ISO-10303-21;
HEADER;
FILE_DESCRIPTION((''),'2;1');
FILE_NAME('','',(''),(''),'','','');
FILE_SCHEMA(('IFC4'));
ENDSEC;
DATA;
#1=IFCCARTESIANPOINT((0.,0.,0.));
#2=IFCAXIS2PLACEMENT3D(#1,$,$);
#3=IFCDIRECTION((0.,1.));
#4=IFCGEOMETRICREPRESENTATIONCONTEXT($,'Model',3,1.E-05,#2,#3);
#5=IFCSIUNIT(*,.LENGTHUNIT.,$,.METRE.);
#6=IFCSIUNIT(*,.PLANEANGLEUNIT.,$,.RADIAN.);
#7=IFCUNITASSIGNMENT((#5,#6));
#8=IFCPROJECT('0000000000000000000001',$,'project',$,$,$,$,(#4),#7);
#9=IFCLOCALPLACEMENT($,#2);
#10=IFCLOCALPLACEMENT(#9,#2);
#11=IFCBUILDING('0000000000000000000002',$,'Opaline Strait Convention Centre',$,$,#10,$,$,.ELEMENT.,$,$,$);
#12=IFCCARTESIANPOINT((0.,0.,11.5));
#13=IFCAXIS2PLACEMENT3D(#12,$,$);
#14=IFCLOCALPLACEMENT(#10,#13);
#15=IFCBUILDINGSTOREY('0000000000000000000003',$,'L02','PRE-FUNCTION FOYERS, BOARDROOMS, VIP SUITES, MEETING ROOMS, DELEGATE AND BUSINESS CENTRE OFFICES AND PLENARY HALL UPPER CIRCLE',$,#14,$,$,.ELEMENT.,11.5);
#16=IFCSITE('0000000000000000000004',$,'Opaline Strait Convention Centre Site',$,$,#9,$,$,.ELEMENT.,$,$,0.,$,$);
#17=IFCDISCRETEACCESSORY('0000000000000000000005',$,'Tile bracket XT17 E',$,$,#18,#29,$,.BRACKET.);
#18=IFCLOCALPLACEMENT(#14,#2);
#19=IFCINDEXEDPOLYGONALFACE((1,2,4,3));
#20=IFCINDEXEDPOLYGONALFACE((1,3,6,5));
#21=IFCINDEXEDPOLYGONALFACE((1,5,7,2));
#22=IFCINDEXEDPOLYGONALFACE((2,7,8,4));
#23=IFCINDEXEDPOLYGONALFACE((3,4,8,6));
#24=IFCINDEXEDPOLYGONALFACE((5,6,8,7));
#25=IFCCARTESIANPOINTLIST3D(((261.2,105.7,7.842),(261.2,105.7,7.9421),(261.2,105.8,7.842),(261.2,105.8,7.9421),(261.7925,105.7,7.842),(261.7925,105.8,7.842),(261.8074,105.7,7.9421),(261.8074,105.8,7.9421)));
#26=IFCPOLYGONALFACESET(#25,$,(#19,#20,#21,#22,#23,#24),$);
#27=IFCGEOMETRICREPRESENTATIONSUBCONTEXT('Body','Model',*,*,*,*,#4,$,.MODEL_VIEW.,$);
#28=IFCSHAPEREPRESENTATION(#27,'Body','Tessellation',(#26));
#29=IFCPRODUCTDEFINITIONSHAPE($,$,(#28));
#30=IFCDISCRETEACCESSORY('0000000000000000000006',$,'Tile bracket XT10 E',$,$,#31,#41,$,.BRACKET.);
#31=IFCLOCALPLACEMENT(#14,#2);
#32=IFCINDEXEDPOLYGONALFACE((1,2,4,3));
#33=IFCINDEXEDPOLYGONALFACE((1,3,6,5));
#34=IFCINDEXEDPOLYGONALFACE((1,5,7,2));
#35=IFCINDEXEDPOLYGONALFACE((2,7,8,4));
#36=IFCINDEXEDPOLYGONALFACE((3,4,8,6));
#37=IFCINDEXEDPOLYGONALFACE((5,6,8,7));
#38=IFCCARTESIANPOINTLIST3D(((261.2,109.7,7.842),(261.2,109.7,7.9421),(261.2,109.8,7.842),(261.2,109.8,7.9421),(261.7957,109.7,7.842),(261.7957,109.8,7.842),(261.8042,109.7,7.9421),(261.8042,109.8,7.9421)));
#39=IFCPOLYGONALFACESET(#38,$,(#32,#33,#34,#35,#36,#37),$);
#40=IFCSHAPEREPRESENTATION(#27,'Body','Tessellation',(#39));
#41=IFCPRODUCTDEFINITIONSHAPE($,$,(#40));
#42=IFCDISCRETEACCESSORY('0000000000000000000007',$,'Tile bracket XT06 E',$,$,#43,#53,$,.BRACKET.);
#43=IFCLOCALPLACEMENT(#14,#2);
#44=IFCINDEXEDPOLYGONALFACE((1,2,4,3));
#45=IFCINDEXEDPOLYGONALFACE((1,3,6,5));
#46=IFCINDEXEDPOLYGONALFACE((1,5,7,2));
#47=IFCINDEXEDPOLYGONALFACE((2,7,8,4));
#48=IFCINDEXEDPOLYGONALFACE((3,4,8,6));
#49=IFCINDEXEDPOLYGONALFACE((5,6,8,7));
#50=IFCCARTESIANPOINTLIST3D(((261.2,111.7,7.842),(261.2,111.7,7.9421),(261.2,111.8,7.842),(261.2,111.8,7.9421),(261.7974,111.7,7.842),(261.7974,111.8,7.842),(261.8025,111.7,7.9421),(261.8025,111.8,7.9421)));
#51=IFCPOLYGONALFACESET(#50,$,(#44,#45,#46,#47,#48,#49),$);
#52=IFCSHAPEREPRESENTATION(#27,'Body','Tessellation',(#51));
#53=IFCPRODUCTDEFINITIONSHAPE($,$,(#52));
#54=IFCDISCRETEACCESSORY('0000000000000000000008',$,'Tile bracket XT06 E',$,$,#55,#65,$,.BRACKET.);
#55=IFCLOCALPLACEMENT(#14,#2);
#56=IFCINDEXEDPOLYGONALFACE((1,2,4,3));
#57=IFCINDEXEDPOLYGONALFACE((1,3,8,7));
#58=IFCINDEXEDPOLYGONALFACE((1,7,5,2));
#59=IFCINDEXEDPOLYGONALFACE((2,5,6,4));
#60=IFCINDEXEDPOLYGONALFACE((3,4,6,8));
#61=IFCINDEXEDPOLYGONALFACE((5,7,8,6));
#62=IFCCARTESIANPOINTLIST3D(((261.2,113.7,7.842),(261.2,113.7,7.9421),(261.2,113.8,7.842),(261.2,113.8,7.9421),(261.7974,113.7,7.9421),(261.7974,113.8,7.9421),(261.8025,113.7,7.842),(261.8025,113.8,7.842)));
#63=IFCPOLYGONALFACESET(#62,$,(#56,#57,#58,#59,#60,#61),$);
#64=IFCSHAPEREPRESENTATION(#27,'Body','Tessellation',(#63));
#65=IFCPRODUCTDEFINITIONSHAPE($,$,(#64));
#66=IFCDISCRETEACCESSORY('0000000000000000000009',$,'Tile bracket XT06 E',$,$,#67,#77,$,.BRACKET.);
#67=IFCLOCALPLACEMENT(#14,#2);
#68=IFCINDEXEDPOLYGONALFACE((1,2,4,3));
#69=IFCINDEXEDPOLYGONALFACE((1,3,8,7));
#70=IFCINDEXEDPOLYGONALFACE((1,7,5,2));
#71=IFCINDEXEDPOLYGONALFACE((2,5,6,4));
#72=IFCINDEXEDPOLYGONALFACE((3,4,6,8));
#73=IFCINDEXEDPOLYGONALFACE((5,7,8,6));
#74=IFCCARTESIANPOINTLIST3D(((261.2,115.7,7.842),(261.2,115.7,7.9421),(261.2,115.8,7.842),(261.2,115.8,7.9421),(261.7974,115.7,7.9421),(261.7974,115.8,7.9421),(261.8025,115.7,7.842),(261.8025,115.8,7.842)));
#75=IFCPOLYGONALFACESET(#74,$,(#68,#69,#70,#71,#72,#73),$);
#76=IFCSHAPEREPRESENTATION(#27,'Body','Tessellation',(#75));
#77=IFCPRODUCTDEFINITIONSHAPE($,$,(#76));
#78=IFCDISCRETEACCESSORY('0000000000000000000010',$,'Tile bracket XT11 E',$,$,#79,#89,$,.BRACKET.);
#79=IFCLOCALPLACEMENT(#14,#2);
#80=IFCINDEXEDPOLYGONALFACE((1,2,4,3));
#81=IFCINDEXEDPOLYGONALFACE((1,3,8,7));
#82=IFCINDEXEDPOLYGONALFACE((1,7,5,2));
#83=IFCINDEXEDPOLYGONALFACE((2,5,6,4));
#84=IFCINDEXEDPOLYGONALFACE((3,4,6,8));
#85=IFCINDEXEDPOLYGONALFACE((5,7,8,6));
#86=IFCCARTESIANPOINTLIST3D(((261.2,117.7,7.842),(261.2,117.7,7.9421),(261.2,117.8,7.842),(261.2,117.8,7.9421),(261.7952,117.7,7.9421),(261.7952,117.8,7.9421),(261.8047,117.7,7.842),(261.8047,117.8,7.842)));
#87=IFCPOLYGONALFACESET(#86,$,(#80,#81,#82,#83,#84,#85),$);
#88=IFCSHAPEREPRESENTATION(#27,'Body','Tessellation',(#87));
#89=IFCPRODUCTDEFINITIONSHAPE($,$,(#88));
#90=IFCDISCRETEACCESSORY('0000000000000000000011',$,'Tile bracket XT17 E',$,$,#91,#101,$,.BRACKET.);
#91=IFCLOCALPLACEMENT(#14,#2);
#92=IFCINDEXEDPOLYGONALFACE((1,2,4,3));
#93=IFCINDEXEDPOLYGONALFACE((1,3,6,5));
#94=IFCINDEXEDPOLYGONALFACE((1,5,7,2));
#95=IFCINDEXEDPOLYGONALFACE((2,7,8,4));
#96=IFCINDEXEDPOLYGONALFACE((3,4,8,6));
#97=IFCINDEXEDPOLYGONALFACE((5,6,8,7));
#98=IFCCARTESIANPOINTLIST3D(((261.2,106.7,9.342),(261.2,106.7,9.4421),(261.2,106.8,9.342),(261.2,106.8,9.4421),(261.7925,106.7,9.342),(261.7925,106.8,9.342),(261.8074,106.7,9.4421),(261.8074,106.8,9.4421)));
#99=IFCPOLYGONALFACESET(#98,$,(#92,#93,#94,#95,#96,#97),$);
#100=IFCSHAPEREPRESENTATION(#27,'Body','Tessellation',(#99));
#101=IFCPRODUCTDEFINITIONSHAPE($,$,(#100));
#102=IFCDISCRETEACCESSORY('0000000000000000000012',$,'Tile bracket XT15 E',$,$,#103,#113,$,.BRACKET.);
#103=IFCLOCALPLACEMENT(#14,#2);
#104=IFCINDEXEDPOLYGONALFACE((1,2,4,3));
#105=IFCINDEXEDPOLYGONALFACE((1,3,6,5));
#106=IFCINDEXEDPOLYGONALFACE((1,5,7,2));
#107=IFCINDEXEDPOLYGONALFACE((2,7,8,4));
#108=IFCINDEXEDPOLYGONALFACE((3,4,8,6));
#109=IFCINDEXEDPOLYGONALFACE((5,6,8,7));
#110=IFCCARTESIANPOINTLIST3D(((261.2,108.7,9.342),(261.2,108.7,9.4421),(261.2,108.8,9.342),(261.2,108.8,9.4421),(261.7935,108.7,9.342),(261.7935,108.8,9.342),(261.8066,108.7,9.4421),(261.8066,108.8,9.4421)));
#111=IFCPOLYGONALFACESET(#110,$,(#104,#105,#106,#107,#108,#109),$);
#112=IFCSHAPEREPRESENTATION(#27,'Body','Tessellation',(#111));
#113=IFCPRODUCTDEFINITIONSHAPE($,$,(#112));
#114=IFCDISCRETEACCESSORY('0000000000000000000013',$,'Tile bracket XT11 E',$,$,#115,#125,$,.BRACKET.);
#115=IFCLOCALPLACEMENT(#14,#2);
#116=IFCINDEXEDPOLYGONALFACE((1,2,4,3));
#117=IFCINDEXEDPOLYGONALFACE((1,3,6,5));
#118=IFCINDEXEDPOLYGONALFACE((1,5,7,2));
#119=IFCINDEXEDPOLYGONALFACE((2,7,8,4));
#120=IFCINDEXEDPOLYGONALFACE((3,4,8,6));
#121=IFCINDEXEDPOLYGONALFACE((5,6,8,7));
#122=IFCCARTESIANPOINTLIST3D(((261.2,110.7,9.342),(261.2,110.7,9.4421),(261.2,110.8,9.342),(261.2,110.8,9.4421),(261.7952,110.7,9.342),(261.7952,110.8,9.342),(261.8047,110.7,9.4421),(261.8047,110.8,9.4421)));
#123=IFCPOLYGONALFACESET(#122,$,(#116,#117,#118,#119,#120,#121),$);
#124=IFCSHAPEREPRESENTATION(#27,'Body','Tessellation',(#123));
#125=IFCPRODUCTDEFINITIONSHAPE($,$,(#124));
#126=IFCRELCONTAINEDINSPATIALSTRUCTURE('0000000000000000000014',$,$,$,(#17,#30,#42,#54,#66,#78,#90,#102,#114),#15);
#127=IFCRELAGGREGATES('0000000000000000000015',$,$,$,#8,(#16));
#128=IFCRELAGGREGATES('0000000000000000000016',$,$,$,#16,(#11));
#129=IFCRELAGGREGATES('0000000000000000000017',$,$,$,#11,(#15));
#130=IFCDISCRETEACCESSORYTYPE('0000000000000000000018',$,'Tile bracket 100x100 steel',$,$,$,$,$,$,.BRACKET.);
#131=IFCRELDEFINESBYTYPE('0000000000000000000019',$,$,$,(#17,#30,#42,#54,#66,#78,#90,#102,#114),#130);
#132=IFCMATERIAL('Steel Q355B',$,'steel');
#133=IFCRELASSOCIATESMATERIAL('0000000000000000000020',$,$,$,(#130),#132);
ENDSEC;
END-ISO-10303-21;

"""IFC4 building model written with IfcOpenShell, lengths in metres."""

from ifc_helpers import new_model, si_unit, direction, frame, origin, place, context, subcontext, project, spatial, polyline, outline, extrude, material, type_object, element, save


model = new_model("IFC4")

# Units and contexts
model_context = context("Model", 3, precision=1e-05, world=origin(), true_north=direction((0.0, 1.0)))
body_context = subcontext(model_context, "Body", "Model", "MODEL_VIEW")
ifc_project = project(units=[si_unit("LENGTHUNIT", "METRE"), si_unit("PLANEANGLEUNIT", "RADIAN")], contexts=[model_context])

# Site, building, storey
site_placement = place(None, origin())
site = spatial("IfcSite", under=ifc_project, at=site_placement, Name="Opaline Strait Convention Centre Site", CompositionType="ELEMENT", RefElevation=0.0)
building_placement = place(site_placement, origin())
building = spatial("IfcBuilding", under=site, at=building_placement, Name="Opaline Strait Convention Centre", CompositionType="ELEMENT")
storey_placement = place(building_placement, frame((0.0, 0.0, 11.5)))
storey = spatial("IfcBuildingStorey", under=building, at=storey_placement, Name="L02", Description="PRE-FUNCTION FOYERS, BOARDROOMS, VIP SUITES, MEETING ROOMS, DELEGATE AND BUSINESS CENTRE OFFICES AND PLENARY HALL UPPER CIRCLE", CompositionType="ELEMENT", Elevation=11.5)

# Discrete accessories
ifc_material_1 = material(Name="Steel Q355B", Category="steel")
discrete_accessory_type = type_object("IfcDiscreteAccessoryType", Name="Tile bracket 100x100 steel", PredefinedType="BRACKET", material=ifc_material_1)
discrete_accessory_1_placement = place(storey_placement, frame((261.2, 105.7, 7.8921), z_axis=(0.0, 1.0, 0.0), x_axis=(-1.0, 0.0, 0.0)))
element("IfcDiscreteAccessory", 1, at=discrete_accessory_1_placement, inside=storey, type_object=discrete_accessory_type, Name="Tile bracket XT17 E", PredefinedType="BRACKET", context=body_context, shape_type="SweptSolid", body=[
    extrude(outline(polyline([(0.0, -0.05), (0.0, 0.05), (-0.6074, 0.05), (-0.5925, -0.05), (0.0, -0.05)])), origin(), (0.0, 0.0, 1.0), 0.1001),
])
discrete_accessory_2_placement = place(storey_placement, frame((261.2, 109.7, 7.8921), z_axis=(0.0, 1.0, 0.0), x_axis=(-1.0, 0.0, 0.0)))
element("IfcDiscreteAccessory", 2, at=discrete_accessory_2_placement, inside=storey, type_object=discrete_accessory_type, Name="Tile bracket XT10 E", PredefinedType="BRACKET", context=body_context, shape_type="SweptSolid", body=[
    extrude(outline(polyline([(0.0, -0.05), (0.0, 0.05), (-0.6042, 0.05), (-0.5957, -0.05), (0.0, -0.05)])), origin(), (0.0, 0.0, 1.0), 0.1001),
])
discrete_accessory_3_placement = place(storey_placement, frame((261.2, 111.7, 7.8921), z_axis=(0.0, 1.0, 0.0), x_axis=(-1.0, 0.0, 0.0)))
element("IfcDiscreteAccessory", 3, at=discrete_accessory_3_placement, inside=storey, type_object=discrete_accessory_type, Name="Tile bracket XT06 E", PredefinedType="BRACKET", context=body_context, shape_type="SweptSolid", body=[
    extrude(outline(polyline([(0.0, -0.05), (0.0, 0.05), (-0.6025, 0.05), (-0.5974, -0.05), (0.0, -0.05)])), origin(), (0.0, 0.0, 1.0), 0.1001),
])
for number, where, z_axis, x_axis, name in (
    (4, (261.2, 113.7, 7.8921), (0.0, 1.0, 0.0), (-1.0, 0.0, 0.0), "Tile bracket XT06 E"),
    (5, (261.2, 115.7, 7.8921), (0.0, 1.0, 0.0), (-1.0, 0.0, 0.0), "Tile bracket XT06 E"),
):
    element("IfcDiscreteAccessory", number, at=place(storey_placement, frame(where, z_axis=z_axis, x_axis=x_axis)), inside=storey, type_object=discrete_accessory_type, Name=name, PredefinedType="BRACKET", context=body_context, shape_type="SweptSolid", body=[
        extrude(outline(polyline([(0.0, -0.05), (0.0, 0.05), (-0.5974, 0.05), (-0.6025, -0.05), (0.0, -0.05)])), origin(), (0.0, 0.0, 1.0), 0.1001),
    ])
discrete_accessory_4_placement = place(storey_placement, frame((261.2, 117.7, 7.8921), z_axis=(0.0, 1.0, 0.0), x_axis=(-1.0, 0.0, 0.0)))
element("IfcDiscreteAccessory", 6, at=discrete_accessory_4_placement, inside=storey, type_object=discrete_accessory_type, Name="Tile bracket XT11 E", PredefinedType="BRACKET", context=body_context, shape_type="SweptSolid", body=[
    extrude(outline(polyline([(0.0, -0.05), (0.0, 0.05), (-0.5952, 0.05), (-0.6047, -0.05), (0.0, -0.05)])), origin(), (0.0, 0.0, 1.0), 0.1001),
])
discrete_accessory_5_placement = place(storey_placement, frame((261.2, 106.7, 9.3921), z_axis=(0.0, 1.0, 0.0), x_axis=(-1.0, 0.0, 0.0)))
element("IfcDiscreteAccessory", 7, at=discrete_accessory_5_placement, inside=storey, type_object=discrete_accessory_type, Name="Tile bracket XT17 E", PredefinedType="BRACKET", context=body_context, shape_type="SweptSolid", body=[
    extrude(outline(polyline([(0.0, -0.05), (0.0, 0.05), (-0.6074, 0.05), (-0.5925, -0.05), (0.0, -0.05)])), origin(), (0.0, 0.0, 1.0), 0.1001),
])
discrete_accessory_6_placement = place(storey_placement, frame((261.2, 108.7, 9.3921), z_axis=(0.0, 1.0, 0.0), x_axis=(-1.0, 0.0, 0.0)))
element("IfcDiscreteAccessory", 8, at=discrete_accessory_6_placement, inside=storey, type_object=discrete_accessory_type, Name="Tile bracket XT15 E", PredefinedType="BRACKET", context=body_context, shape_type="SweptSolid", body=[
    extrude(outline(polyline([(0.0, -0.05), (0.0, 0.05), (-0.6067, 0.05), (-0.5935, -0.05), (0.0, -0.05)])), origin(), (0.0, 0.0, 1.0), 0.1001),
])
discrete_accessory_7_placement = place(storey_placement, frame((261.2, 110.7, 9.3921), z_axis=(0.0, 1.0, 0.0), x_axis=(-1.0, 0.0, 0.0)))
element("IfcDiscreteAccessory", 9, at=discrete_accessory_7_placement, inside=storey, type_object=discrete_accessory_type, Name="Tile bracket XT11 E", PredefinedType="BRACKET", context=body_context, shape_type="SweptSolid", body=[
    extrude(outline(polyline([(0.0, -0.05), (0.0, 0.05), (-0.6047, 0.05), (-0.5952, -0.05), (0.0, -0.05)])), origin(), (0.0, 0.0, 1.0), 0.1001),
])

save(model, "model.ifc")
